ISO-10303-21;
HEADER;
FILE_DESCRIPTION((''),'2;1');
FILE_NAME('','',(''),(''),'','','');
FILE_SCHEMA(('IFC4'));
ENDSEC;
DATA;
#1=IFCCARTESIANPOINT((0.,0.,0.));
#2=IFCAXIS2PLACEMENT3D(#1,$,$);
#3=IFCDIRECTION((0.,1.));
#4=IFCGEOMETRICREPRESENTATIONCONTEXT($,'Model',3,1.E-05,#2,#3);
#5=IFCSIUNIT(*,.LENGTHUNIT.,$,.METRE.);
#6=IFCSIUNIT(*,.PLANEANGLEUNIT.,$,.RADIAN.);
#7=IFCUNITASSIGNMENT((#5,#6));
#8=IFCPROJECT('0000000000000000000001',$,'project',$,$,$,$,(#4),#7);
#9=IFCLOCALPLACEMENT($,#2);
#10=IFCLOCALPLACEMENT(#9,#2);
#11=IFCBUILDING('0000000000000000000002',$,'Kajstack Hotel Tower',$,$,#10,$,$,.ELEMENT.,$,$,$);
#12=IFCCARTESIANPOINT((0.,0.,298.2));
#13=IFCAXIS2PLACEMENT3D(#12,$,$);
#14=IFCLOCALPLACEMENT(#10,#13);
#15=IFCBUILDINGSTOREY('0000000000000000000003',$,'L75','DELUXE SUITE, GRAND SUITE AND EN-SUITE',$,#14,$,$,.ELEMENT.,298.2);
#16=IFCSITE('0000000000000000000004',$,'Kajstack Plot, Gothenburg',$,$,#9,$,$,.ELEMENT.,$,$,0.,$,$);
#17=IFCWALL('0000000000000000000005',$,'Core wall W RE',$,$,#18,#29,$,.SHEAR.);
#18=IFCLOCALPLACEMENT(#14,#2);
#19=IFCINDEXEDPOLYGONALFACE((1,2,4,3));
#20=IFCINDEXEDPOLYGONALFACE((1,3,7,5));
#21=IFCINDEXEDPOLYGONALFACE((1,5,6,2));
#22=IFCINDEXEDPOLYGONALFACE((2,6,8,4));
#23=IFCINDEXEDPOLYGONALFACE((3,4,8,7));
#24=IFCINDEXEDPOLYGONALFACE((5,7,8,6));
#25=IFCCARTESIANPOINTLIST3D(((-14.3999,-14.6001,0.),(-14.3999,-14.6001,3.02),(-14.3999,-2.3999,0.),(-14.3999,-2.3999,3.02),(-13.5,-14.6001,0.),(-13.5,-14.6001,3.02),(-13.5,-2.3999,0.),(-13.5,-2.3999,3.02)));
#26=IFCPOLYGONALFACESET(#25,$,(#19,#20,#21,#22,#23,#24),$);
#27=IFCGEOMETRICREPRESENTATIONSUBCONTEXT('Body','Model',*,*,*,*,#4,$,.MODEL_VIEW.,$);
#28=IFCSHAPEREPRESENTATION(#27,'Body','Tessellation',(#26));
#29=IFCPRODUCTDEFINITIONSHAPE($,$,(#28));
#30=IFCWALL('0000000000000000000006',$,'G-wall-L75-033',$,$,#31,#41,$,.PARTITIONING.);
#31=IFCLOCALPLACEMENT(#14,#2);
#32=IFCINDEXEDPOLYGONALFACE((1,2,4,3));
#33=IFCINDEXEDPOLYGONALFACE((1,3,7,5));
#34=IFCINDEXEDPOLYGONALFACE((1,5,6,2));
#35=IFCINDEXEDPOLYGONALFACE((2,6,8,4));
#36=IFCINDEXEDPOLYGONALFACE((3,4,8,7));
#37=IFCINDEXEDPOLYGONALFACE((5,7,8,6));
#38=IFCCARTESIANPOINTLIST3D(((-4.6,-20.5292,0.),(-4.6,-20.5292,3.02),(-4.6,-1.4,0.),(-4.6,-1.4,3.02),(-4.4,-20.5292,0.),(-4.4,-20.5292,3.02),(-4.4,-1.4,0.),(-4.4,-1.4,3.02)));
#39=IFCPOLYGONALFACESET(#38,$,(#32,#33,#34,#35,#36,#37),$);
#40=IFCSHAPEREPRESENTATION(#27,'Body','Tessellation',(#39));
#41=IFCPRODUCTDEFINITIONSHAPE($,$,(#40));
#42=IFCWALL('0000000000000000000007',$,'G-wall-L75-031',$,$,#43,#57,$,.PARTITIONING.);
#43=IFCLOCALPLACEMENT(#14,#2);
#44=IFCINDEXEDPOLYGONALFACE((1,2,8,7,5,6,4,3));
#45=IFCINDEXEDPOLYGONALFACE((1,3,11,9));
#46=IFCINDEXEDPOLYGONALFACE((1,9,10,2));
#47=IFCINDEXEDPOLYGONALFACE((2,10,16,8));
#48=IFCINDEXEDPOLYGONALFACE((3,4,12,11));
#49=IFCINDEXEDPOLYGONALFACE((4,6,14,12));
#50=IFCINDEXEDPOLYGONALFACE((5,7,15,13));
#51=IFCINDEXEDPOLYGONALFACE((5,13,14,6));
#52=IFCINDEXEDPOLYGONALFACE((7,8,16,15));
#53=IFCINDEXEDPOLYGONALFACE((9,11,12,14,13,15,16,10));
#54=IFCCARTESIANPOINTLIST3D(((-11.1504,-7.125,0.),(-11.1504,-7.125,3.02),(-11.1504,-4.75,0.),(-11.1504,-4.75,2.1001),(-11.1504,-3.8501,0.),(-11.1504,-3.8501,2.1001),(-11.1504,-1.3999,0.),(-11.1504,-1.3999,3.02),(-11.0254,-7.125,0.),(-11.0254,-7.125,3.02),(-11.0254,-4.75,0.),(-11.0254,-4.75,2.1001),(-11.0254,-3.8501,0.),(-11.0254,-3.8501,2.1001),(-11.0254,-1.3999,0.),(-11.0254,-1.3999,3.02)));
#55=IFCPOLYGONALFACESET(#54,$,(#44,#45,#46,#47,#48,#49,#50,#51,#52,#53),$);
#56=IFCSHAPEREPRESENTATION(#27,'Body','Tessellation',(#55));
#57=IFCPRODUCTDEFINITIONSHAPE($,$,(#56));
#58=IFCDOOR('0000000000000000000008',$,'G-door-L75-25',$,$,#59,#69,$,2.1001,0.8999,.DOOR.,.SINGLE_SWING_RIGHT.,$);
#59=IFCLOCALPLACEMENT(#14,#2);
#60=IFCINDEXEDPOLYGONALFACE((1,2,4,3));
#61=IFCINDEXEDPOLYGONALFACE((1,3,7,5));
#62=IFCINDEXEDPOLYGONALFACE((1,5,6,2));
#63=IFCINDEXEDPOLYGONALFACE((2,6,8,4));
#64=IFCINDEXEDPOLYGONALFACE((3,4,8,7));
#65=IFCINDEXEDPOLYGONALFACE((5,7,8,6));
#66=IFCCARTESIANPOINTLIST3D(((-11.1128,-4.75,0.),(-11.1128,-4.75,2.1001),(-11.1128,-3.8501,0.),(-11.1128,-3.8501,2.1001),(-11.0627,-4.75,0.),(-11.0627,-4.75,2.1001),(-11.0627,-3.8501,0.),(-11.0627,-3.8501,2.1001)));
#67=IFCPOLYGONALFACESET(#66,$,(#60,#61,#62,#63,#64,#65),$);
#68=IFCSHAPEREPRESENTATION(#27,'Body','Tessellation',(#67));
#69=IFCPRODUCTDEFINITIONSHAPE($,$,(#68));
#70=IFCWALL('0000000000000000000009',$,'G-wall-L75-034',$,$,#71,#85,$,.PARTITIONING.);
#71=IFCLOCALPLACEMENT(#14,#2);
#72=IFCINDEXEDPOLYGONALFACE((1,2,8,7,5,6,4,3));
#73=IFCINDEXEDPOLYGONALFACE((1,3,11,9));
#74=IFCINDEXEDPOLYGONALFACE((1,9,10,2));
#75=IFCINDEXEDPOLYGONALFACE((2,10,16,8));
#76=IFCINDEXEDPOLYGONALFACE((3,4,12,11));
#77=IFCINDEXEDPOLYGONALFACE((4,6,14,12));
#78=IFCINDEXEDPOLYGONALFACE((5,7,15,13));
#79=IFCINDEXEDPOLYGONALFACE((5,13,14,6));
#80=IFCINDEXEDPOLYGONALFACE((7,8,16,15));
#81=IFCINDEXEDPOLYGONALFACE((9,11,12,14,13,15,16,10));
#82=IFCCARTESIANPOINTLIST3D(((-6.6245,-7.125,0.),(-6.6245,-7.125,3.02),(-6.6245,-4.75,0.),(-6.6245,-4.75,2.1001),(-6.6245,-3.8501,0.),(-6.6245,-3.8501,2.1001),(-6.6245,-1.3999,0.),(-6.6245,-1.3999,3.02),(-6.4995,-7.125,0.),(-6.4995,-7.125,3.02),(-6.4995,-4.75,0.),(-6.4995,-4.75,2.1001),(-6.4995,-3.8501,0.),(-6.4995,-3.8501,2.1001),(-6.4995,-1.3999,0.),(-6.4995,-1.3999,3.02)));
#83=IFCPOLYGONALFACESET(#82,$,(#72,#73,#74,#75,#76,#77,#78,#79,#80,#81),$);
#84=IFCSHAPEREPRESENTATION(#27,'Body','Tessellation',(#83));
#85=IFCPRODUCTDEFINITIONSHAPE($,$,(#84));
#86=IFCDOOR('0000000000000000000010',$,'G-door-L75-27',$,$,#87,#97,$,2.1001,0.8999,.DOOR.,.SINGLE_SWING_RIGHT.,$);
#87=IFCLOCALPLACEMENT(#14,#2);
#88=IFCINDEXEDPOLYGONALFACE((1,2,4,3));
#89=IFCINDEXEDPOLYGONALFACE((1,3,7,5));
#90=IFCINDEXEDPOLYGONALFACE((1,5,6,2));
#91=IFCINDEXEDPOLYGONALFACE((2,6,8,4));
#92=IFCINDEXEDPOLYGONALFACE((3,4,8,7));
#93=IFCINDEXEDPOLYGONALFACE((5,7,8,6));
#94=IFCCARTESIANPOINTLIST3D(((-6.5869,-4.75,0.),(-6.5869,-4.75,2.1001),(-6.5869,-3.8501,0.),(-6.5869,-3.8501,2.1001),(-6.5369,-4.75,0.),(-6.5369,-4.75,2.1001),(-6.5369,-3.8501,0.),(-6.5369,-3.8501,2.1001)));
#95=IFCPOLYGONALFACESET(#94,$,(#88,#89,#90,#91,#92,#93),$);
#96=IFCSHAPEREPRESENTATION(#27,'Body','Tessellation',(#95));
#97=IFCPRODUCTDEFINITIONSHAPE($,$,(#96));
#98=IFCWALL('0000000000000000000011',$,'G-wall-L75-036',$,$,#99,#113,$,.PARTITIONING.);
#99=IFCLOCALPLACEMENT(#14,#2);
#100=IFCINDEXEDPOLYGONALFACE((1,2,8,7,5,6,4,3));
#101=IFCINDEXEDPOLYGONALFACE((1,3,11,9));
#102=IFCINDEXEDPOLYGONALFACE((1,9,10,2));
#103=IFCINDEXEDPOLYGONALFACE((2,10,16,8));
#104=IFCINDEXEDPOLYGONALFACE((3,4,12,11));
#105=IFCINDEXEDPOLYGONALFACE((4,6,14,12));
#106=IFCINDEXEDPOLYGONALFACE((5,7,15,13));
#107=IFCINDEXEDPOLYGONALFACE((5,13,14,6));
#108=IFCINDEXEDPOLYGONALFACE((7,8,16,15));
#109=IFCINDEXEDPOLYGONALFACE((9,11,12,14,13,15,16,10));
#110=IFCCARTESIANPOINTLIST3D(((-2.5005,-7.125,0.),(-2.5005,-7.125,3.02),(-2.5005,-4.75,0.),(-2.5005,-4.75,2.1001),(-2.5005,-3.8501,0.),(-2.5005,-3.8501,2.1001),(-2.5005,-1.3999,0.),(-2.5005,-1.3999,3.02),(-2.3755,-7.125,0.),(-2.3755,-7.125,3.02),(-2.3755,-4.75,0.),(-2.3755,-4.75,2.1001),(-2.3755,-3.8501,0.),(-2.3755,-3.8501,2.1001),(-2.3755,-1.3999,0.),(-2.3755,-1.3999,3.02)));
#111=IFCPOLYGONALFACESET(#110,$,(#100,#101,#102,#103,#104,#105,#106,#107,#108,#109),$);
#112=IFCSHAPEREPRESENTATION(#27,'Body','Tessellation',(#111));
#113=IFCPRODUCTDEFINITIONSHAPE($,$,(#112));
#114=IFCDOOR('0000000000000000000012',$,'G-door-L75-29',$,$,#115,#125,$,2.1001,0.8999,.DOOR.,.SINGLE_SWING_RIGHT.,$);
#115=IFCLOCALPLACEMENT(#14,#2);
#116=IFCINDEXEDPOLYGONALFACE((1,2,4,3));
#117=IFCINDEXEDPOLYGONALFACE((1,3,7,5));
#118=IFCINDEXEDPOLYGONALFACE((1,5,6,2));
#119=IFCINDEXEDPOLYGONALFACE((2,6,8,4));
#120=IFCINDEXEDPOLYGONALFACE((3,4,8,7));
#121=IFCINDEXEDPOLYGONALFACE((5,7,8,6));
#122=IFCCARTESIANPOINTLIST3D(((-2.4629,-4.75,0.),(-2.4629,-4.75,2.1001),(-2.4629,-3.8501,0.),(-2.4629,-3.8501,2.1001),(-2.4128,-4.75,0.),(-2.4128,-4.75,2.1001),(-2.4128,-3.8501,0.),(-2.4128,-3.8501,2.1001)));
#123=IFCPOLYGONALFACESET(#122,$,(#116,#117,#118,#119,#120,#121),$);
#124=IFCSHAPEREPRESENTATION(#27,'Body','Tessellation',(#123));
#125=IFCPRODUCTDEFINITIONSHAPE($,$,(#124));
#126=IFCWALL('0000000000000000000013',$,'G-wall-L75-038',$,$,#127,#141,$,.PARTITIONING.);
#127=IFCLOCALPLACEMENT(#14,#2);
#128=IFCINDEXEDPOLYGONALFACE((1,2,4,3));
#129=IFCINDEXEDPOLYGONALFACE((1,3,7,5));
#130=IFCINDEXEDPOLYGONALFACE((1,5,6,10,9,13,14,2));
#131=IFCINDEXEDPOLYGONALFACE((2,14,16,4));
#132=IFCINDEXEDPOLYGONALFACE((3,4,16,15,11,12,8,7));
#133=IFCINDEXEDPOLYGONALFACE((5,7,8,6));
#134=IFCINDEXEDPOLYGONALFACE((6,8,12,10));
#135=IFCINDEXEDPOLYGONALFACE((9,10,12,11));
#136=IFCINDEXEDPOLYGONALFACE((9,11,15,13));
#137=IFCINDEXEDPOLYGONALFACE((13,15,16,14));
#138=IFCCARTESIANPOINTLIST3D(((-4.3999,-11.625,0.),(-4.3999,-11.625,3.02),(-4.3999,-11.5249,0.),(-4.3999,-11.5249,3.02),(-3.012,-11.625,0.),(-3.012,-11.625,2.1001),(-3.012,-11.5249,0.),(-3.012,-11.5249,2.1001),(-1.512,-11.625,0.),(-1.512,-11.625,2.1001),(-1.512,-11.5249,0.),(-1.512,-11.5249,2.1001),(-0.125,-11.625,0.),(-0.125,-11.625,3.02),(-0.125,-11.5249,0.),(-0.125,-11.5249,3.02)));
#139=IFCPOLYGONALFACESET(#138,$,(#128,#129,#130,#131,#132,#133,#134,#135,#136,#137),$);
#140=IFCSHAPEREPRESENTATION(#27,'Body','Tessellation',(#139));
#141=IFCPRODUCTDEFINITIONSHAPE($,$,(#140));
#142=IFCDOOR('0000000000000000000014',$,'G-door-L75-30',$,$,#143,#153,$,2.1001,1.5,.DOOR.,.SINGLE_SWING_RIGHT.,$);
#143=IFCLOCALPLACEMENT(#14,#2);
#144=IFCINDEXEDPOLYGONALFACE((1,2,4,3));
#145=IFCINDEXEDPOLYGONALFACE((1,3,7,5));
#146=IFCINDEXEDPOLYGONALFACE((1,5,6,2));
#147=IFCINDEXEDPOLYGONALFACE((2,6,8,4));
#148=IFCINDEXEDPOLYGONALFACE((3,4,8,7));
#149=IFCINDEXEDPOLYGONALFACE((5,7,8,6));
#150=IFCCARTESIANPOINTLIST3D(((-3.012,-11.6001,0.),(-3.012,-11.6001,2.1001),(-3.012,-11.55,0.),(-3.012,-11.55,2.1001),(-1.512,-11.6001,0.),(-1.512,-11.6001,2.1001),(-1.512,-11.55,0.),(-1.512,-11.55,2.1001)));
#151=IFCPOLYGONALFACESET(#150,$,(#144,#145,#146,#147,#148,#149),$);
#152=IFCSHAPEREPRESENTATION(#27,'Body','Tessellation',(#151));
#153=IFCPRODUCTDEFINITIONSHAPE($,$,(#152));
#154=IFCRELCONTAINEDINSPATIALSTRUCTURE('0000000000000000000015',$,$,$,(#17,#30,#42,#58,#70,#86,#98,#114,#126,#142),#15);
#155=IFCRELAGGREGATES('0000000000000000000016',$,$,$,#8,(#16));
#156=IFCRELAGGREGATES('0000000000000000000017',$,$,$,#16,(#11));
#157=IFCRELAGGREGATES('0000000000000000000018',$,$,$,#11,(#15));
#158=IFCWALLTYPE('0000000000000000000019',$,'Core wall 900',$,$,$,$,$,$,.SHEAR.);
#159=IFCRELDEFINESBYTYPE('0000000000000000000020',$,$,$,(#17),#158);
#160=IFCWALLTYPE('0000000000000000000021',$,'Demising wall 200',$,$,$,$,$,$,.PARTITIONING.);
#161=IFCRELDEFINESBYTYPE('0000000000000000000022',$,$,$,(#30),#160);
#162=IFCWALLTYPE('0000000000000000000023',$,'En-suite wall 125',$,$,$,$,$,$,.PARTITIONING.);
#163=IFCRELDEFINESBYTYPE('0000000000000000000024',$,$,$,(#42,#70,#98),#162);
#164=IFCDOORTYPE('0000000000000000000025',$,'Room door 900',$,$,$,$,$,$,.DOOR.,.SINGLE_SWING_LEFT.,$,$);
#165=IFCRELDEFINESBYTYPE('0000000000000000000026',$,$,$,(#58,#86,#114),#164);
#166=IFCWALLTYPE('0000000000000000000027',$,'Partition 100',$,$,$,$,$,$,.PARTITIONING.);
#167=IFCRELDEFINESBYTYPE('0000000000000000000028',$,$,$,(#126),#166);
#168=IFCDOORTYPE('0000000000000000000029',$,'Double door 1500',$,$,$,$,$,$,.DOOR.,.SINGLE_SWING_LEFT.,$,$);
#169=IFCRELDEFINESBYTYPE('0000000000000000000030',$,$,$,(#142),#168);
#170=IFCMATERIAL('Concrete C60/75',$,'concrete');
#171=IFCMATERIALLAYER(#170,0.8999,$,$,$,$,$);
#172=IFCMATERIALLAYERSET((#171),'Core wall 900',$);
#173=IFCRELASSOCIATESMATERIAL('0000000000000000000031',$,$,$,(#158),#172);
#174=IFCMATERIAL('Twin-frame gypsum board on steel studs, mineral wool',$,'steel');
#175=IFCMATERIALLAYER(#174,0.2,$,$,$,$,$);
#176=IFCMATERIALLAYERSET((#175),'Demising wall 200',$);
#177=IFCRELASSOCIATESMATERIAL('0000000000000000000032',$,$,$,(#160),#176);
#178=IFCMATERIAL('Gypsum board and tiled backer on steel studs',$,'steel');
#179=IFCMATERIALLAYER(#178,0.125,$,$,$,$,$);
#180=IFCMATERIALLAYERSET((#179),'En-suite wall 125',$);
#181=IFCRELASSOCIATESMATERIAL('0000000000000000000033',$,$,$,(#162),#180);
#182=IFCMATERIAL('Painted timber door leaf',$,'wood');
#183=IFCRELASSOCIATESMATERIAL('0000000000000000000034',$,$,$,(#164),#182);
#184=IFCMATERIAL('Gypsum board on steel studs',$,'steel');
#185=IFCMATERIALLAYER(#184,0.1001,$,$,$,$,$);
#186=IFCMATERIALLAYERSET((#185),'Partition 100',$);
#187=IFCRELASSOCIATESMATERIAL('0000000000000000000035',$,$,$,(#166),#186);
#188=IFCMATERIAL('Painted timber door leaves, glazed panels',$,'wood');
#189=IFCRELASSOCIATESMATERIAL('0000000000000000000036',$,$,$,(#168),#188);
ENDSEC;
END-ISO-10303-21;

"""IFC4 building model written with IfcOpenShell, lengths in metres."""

from ifc_helpers import new_model, si_unit, direction, frame, frame_2d, origin, place, context, subcontext, project, spatial, rectangle, extrude, material, layer, layer_set, type_object, element, fill, save


model = new_model("IFC4")

# Units and contexts
model_context = context("Model", 3, precision=1e-05, world=origin(), true_north=direction((0.0, 1.0)))
body_context = subcontext(model_context, "Body", "Model", "MODEL_VIEW")
ifc_project = project(units=[si_unit("LENGTHUNIT", "METRE"), si_unit("PLANEANGLEUNIT", "RADIAN")], contexts=[model_context])

# Site, building, storey
site_placement = place(None, origin())
site = spatial("IfcSite", under=ifc_project, at=site_placement, Name="Kajstack Plot, Gothenburg", CompositionType="ELEMENT", RefElevation=0.0)
building_placement = place(site_placement, origin())
building = spatial("IfcBuilding", under=site, at=building_placement, Name="Kajstack Hotel Tower", CompositionType="ELEMENT")
storey_placement = place(building_placement, frame((0.0, 0.0, 298.2)))
storey = spatial("IfcBuildingStorey", under=building, at=storey_placement, Name="L75", Description="DELUXE SUITE, GRAND SUITE AND EN-SUITE", CompositionType="ELEMENT", Elevation=298.2)

# Walls
ifc_material_1 = material(Name="Concrete C60/75", Category="concrete")
ifc_layer_1 = layer(ifc_material_1, 0.8999)
ifc_layer_set_1 = layer_set([ifc_layer_1], Name="Core wall 900")
wall_type_1 = type_object("IfcWallType", Name="Core wall 900", PredefinedType="SHEAR", material=ifc_layer_set_1)
wall_1_placement = place(storey_placement, frame((-13.95, -14.6001, 0.0), z_axis=(0.0, 0.0, 1.0), x_axis=(0.0, 1.0, 0.0)))
element("IfcWall", 1, at=wall_1_placement, inside=storey, type_object=wall_type_1, Name="Core wall W RE", PredefinedType="SHEAR", context=body_context, shape_type="SweptSolid", body=[
    extrude(rectangle(XDim=12.2002, YDim=0.8999, at=frame_2d((6.1001, 0.0))), origin(), (0.0, 0.0, 1.0), 3.02),
])
ifc_material_2 = material(Name="Twin-frame gypsum board on steel studs, mineral wool", Category="steel")
ifc_layer_2 = layer(ifc_material_2, 0.2)
ifc_layer_set_2 = layer_set([ifc_layer_2], Name="Demising wall 200")
wall_type_2 = type_object("IfcWallType", Name="Demising wall 200", PredefinedType="PARTITIONING", material=ifc_layer_set_2)
wall_2_placement = place(storey_placement, frame((-4.5, -20.5291, 0.0), z_axis=(0.0, 0.0, 1.0), x_axis=(0.0, 1.0, 0.0)))
element("IfcWall", 2, at=wall_2_placement, inside=storey, type_object=wall_type_2, Name="G-wall-L75-033", PredefinedType="PARTITIONING", context=body_context, shape_type="SweptSolid", body=[
    extrude(rectangle(XDim=19.1292, YDim=0.2, at=frame_2d((9.5645, 0.0))), origin(), (0.0, 0.0, 1.0), 3.02),
])

# Walls, openings, doors
ifc_material_3 = material(Name="Gypsum board and tiled backer on steel studs", Category="steel")
ifc_layer_3 = layer(ifc_material_3, 0.125)
ifc_layer_set_3 = layer_set([ifc_layer_3], Name="En-suite wall 125")
wall_type_3 = type_object("IfcWallType", Name="En-suite wall 125", PredefinedType="PARTITIONING", material=ifc_layer_set_3)
wall_3_placement = place(storey_placement, frame((-11.0879, -7.125, 0.0), z_axis=(0.0, 0.0, 1.0), x_axis=(0.0, 1.0, 0.0)))
wall_3 = element("IfcWall", 3, at=wall_3_placement, inside=storey, type_object=wall_type_3, Name="G-wall-L75-031", PredefinedType="PARTITIONING", context=body_context, shape_type="SweptSolid", body=[
    extrude(rectangle(XDim=5.7251, YDim=0.125, at=frame_2d((2.8625, 0.0))), origin(), (0.0, 0.0, 1.0), 3.02),
])
opening_1_placement = place(wall_3_placement, frame((2.375, 0.0, 0.0)))
opening_1 = element("IfcOpeningElement", 4, at=opening_1_placement, cuts=wall_3, PredefinedType="OPENING", context=body_context, shape_type="SweptSolid", body=[
    extrude(rectangle(XDim=0.8999, YDim=2.1001, at=frame_2d((0.45, 1.05))), frame((0.0, 0.0725, 0.0), z_axis=(0.0, -1.0, 0.0), x_axis=(1.0, 0.0, 0.0)), (0.0, 0.0, 1.0), 0.145),
])
ifc_material_4 = material(Name="Painted timber door leaf", Category="wood")
door_type_1 = type_object("IfcDoorType", Name="Room door 900", OperationType="SINGLE_SWING_LEFT", PredefinedType="DOOR", material=ifc_material_4)
door_1_placement = place(opening_1_placement, origin())
door_1 = element("IfcDoor", 5, at=door_1_placement, inside=storey, type_object=door_type_1, Name="G-door-L75-25", OperationType="SINGLE_SWING_RIGHT", OverallHeight=2.1001, OverallWidth=0.8999, PredefinedType="DOOR", context=body_context, shape_type="SweptSolid", body=[
    extrude(rectangle(XDim=0.8999, YDim=2.1001, at=frame_2d((0.45, 1.05))), frame((0.0, 0.0249, 0.0), z_axis=(0.0, -1.0, 0.0), x_axis=(1.0, 0.0, 0.0)), (0.0, 0.0, 1.0), 0.05),
])
fill(opening_1, door_1)
wall_4_placement = place(storey_placement, frame((-6.562, -7.125, 0.0), z_axis=(0.0, 0.0, 1.0), x_axis=(0.0, 1.0, 0.0)))
wall_4 = element("IfcWall", 6, at=wall_4_placement, inside=storey, type_object=wall_type_3, Name="G-wall-L75-034", PredefinedType="PARTITIONING", context=body_context, shape_type="SweptSolid", body=[
    extrude(rectangle(XDim=5.7251, YDim=0.125, at=frame_2d((2.8625, 0.0))), origin(), (0.0, 0.0, 1.0), 3.02),
])
opening_2_placement = place(wall_4_placement, frame((2.375, 0.0, 0.0)))
opening_2 = element("IfcOpeningElement", 7, at=opening_2_placement, cuts=wall_4, PredefinedType="OPENING", context=body_context, shape_type="SweptSolid", body=[
    extrude(rectangle(XDim=0.8999, YDim=2.1001, at=frame_2d((0.45, 1.05))), frame((0.0, 0.0725, 0.0), z_axis=(0.0, -1.0, 0.0), x_axis=(1.0, 0.0, 0.0)), (0.0, 0.0, 1.0), 0.145),
])
door_2_placement = place(opening_2_placement, origin())
door_2 = element("IfcDoor", 8, at=door_2_placement, inside=storey, type_object=door_type_1, Name="G-door-L75-27", OperationType="SINGLE_SWING_RIGHT", OverallHeight=2.1001, OverallWidth=0.8999, PredefinedType="DOOR", context=body_context, shape_type="SweptSolid", body=[
    extrude(rectangle(XDim=0.8999, YDim=2.1001, at=frame_2d((0.45, 1.05))), frame((0.0, 0.0249, 0.0), z_axis=(0.0, -1.0, 0.0), x_axis=(1.0, 0.0, 0.0)), (0.0, 0.0, 1.0), 0.05),
])
fill(opening_2, door_2)
wall_5_placement = place(storey_placement, frame((-2.438, -7.125, 0.0), z_axis=(0.0, 0.0, 1.0), x_axis=(0.0, 1.0, 0.0)))
wall_5 = element("IfcWall", 9, at=wall_5_placement, inside=storey, type_object=wall_type_3, Name="G-wall-L75-036", PredefinedType="PARTITIONING", context=body_context, shape_type="SweptSolid", body=[
    extrude(rectangle(XDim=5.7251, YDim=0.125, at=frame_2d((2.8625, 0.0))), origin(), (0.0, 0.0, 1.0), 3.02),
])
opening_3_placement = place(wall_5_placement, frame((2.375, 0.0, 0.0)))
opening_3 = element("IfcOpeningElement", 10, at=opening_3_placement, cuts=wall_5, PredefinedType="OPENING", context=body_context, shape_type="SweptSolid", body=[
    extrude(rectangle(XDim=0.8999, YDim=2.1001, at=frame_2d((0.45, 1.05))), frame((0.0, 0.0725, 0.0), z_axis=(0.0, -1.0, 0.0), x_axis=(1.0, 0.0, 0.0)), (0.0, 0.0, 1.0), 0.145),
])
door_3_placement = place(opening_3_placement, origin())
door_3 = element("IfcDoor", 11, at=door_3_placement, inside=storey, type_object=door_type_1, Name="G-door-L75-29", OperationType="SINGLE_SWING_RIGHT", OverallHeight=2.1001, OverallWidth=0.8999, PredefinedType="DOOR", context=body_context, shape_type="SweptSolid", body=[
    extrude(rectangle(XDim=0.8999, YDim=2.1001, at=frame_2d((0.45, 1.05))), frame((0.0, 0.0249, 0.0), z_axis=(0.0, -1.0, 0.0), x_axis=(1.0, 0.0, 0.0)), (0.0, 0.0, 1.0), 0.05),
])
fill(opening_3, door_3)
ifc_material_5 = material(Name="Gypsum board on steel studs", Category="steel")
ifc_layer_4 = layer(ifc_material_5, 0.1001)
ifc_layer_set_4 = layer_set([ifc_layer_4], Name="Partition 100")
wall_type_4 = type_object("IfcWallType", Name="Partition 100", PredefinedType="PARTITIONING", material=ifc_layer_set_4)
wall_6_placement = place(storey_placement, frame((-4.3999, -11.575, 0.0), z_axis=(0.0, 0.0, 1.0), x_axis=(1.0, 0.0, 0.0)))
wall_6 = element("IfcWall", 12, at=wall_6_placement, inside=storey, type_object=wall_type_4, Name="G-wall-L75-038", PredefinedType="PARTITIONING", context=body_context, shape_type="SweptSolid", body=[
    extrude(rectangle(XDim=4.2749, YDim=0.1001, at=frame_2d((2.1375, 0.0))), origin(), (0.0, 0.0, 1.0), 3.02),
])
opening_4_placement = place(wall_6_placement, frame((1.3879, 0.0, 0.0)))
opening_4 = element("IfcOpeningElement", 13, at=opening_4_placement, cuts=wall_6, PredefinedType="OPENING", context=body_context, shape_type="SweptSolid", body=[
    extrude(rectangle(XDim=1.5, YDim=2.1001, at=frame_2d((0.75, 1.05))), frame((0.0, 0.0601, 0.0), z_axis=(0.0, -1.0, 0.0), x_axis=(1.0, 0.0, 0.0)), (0.0, 0.0, 1.0), 0.1201),
])
ifc_material_6 = material(Name="Painted timber door leaves, glazed panels", Category="wood")
door_type_2 = type_object("IfcDoorType", Name="Double door 1500", OperationType="SINGLE_SWING_LEFT", PredefinedType="DOOR", material=ifc_material_6)
door_4_placement = place(opening_4_placement, origin())
door_4 = element("IfcDoor", 14, at=door_4_placement, inside=storey, type_object=door_type_2, Name="G-door-L75-30", OperationType="SINGLE_SWING_RIGHT", OverallHeight=2.1001, OverallWidth=1.5, PredefinedType="DOOR", context=body_context, shape_type="SweptSolid", body=[
    extrude(rectangle(XDim=1.5, YDim=2.1001, at=frame_2d((0.75, 1.05))), frame((0.0, 0.0249, 0.0), z_axis=(0.0, -1.0, 0.0), x_axis=(1.0, 0.0, 0.0)), (0.0, 0.0, 1.0), 0.05),
])
fill(opening_4, door_4)

save(model, "model.ifc")
